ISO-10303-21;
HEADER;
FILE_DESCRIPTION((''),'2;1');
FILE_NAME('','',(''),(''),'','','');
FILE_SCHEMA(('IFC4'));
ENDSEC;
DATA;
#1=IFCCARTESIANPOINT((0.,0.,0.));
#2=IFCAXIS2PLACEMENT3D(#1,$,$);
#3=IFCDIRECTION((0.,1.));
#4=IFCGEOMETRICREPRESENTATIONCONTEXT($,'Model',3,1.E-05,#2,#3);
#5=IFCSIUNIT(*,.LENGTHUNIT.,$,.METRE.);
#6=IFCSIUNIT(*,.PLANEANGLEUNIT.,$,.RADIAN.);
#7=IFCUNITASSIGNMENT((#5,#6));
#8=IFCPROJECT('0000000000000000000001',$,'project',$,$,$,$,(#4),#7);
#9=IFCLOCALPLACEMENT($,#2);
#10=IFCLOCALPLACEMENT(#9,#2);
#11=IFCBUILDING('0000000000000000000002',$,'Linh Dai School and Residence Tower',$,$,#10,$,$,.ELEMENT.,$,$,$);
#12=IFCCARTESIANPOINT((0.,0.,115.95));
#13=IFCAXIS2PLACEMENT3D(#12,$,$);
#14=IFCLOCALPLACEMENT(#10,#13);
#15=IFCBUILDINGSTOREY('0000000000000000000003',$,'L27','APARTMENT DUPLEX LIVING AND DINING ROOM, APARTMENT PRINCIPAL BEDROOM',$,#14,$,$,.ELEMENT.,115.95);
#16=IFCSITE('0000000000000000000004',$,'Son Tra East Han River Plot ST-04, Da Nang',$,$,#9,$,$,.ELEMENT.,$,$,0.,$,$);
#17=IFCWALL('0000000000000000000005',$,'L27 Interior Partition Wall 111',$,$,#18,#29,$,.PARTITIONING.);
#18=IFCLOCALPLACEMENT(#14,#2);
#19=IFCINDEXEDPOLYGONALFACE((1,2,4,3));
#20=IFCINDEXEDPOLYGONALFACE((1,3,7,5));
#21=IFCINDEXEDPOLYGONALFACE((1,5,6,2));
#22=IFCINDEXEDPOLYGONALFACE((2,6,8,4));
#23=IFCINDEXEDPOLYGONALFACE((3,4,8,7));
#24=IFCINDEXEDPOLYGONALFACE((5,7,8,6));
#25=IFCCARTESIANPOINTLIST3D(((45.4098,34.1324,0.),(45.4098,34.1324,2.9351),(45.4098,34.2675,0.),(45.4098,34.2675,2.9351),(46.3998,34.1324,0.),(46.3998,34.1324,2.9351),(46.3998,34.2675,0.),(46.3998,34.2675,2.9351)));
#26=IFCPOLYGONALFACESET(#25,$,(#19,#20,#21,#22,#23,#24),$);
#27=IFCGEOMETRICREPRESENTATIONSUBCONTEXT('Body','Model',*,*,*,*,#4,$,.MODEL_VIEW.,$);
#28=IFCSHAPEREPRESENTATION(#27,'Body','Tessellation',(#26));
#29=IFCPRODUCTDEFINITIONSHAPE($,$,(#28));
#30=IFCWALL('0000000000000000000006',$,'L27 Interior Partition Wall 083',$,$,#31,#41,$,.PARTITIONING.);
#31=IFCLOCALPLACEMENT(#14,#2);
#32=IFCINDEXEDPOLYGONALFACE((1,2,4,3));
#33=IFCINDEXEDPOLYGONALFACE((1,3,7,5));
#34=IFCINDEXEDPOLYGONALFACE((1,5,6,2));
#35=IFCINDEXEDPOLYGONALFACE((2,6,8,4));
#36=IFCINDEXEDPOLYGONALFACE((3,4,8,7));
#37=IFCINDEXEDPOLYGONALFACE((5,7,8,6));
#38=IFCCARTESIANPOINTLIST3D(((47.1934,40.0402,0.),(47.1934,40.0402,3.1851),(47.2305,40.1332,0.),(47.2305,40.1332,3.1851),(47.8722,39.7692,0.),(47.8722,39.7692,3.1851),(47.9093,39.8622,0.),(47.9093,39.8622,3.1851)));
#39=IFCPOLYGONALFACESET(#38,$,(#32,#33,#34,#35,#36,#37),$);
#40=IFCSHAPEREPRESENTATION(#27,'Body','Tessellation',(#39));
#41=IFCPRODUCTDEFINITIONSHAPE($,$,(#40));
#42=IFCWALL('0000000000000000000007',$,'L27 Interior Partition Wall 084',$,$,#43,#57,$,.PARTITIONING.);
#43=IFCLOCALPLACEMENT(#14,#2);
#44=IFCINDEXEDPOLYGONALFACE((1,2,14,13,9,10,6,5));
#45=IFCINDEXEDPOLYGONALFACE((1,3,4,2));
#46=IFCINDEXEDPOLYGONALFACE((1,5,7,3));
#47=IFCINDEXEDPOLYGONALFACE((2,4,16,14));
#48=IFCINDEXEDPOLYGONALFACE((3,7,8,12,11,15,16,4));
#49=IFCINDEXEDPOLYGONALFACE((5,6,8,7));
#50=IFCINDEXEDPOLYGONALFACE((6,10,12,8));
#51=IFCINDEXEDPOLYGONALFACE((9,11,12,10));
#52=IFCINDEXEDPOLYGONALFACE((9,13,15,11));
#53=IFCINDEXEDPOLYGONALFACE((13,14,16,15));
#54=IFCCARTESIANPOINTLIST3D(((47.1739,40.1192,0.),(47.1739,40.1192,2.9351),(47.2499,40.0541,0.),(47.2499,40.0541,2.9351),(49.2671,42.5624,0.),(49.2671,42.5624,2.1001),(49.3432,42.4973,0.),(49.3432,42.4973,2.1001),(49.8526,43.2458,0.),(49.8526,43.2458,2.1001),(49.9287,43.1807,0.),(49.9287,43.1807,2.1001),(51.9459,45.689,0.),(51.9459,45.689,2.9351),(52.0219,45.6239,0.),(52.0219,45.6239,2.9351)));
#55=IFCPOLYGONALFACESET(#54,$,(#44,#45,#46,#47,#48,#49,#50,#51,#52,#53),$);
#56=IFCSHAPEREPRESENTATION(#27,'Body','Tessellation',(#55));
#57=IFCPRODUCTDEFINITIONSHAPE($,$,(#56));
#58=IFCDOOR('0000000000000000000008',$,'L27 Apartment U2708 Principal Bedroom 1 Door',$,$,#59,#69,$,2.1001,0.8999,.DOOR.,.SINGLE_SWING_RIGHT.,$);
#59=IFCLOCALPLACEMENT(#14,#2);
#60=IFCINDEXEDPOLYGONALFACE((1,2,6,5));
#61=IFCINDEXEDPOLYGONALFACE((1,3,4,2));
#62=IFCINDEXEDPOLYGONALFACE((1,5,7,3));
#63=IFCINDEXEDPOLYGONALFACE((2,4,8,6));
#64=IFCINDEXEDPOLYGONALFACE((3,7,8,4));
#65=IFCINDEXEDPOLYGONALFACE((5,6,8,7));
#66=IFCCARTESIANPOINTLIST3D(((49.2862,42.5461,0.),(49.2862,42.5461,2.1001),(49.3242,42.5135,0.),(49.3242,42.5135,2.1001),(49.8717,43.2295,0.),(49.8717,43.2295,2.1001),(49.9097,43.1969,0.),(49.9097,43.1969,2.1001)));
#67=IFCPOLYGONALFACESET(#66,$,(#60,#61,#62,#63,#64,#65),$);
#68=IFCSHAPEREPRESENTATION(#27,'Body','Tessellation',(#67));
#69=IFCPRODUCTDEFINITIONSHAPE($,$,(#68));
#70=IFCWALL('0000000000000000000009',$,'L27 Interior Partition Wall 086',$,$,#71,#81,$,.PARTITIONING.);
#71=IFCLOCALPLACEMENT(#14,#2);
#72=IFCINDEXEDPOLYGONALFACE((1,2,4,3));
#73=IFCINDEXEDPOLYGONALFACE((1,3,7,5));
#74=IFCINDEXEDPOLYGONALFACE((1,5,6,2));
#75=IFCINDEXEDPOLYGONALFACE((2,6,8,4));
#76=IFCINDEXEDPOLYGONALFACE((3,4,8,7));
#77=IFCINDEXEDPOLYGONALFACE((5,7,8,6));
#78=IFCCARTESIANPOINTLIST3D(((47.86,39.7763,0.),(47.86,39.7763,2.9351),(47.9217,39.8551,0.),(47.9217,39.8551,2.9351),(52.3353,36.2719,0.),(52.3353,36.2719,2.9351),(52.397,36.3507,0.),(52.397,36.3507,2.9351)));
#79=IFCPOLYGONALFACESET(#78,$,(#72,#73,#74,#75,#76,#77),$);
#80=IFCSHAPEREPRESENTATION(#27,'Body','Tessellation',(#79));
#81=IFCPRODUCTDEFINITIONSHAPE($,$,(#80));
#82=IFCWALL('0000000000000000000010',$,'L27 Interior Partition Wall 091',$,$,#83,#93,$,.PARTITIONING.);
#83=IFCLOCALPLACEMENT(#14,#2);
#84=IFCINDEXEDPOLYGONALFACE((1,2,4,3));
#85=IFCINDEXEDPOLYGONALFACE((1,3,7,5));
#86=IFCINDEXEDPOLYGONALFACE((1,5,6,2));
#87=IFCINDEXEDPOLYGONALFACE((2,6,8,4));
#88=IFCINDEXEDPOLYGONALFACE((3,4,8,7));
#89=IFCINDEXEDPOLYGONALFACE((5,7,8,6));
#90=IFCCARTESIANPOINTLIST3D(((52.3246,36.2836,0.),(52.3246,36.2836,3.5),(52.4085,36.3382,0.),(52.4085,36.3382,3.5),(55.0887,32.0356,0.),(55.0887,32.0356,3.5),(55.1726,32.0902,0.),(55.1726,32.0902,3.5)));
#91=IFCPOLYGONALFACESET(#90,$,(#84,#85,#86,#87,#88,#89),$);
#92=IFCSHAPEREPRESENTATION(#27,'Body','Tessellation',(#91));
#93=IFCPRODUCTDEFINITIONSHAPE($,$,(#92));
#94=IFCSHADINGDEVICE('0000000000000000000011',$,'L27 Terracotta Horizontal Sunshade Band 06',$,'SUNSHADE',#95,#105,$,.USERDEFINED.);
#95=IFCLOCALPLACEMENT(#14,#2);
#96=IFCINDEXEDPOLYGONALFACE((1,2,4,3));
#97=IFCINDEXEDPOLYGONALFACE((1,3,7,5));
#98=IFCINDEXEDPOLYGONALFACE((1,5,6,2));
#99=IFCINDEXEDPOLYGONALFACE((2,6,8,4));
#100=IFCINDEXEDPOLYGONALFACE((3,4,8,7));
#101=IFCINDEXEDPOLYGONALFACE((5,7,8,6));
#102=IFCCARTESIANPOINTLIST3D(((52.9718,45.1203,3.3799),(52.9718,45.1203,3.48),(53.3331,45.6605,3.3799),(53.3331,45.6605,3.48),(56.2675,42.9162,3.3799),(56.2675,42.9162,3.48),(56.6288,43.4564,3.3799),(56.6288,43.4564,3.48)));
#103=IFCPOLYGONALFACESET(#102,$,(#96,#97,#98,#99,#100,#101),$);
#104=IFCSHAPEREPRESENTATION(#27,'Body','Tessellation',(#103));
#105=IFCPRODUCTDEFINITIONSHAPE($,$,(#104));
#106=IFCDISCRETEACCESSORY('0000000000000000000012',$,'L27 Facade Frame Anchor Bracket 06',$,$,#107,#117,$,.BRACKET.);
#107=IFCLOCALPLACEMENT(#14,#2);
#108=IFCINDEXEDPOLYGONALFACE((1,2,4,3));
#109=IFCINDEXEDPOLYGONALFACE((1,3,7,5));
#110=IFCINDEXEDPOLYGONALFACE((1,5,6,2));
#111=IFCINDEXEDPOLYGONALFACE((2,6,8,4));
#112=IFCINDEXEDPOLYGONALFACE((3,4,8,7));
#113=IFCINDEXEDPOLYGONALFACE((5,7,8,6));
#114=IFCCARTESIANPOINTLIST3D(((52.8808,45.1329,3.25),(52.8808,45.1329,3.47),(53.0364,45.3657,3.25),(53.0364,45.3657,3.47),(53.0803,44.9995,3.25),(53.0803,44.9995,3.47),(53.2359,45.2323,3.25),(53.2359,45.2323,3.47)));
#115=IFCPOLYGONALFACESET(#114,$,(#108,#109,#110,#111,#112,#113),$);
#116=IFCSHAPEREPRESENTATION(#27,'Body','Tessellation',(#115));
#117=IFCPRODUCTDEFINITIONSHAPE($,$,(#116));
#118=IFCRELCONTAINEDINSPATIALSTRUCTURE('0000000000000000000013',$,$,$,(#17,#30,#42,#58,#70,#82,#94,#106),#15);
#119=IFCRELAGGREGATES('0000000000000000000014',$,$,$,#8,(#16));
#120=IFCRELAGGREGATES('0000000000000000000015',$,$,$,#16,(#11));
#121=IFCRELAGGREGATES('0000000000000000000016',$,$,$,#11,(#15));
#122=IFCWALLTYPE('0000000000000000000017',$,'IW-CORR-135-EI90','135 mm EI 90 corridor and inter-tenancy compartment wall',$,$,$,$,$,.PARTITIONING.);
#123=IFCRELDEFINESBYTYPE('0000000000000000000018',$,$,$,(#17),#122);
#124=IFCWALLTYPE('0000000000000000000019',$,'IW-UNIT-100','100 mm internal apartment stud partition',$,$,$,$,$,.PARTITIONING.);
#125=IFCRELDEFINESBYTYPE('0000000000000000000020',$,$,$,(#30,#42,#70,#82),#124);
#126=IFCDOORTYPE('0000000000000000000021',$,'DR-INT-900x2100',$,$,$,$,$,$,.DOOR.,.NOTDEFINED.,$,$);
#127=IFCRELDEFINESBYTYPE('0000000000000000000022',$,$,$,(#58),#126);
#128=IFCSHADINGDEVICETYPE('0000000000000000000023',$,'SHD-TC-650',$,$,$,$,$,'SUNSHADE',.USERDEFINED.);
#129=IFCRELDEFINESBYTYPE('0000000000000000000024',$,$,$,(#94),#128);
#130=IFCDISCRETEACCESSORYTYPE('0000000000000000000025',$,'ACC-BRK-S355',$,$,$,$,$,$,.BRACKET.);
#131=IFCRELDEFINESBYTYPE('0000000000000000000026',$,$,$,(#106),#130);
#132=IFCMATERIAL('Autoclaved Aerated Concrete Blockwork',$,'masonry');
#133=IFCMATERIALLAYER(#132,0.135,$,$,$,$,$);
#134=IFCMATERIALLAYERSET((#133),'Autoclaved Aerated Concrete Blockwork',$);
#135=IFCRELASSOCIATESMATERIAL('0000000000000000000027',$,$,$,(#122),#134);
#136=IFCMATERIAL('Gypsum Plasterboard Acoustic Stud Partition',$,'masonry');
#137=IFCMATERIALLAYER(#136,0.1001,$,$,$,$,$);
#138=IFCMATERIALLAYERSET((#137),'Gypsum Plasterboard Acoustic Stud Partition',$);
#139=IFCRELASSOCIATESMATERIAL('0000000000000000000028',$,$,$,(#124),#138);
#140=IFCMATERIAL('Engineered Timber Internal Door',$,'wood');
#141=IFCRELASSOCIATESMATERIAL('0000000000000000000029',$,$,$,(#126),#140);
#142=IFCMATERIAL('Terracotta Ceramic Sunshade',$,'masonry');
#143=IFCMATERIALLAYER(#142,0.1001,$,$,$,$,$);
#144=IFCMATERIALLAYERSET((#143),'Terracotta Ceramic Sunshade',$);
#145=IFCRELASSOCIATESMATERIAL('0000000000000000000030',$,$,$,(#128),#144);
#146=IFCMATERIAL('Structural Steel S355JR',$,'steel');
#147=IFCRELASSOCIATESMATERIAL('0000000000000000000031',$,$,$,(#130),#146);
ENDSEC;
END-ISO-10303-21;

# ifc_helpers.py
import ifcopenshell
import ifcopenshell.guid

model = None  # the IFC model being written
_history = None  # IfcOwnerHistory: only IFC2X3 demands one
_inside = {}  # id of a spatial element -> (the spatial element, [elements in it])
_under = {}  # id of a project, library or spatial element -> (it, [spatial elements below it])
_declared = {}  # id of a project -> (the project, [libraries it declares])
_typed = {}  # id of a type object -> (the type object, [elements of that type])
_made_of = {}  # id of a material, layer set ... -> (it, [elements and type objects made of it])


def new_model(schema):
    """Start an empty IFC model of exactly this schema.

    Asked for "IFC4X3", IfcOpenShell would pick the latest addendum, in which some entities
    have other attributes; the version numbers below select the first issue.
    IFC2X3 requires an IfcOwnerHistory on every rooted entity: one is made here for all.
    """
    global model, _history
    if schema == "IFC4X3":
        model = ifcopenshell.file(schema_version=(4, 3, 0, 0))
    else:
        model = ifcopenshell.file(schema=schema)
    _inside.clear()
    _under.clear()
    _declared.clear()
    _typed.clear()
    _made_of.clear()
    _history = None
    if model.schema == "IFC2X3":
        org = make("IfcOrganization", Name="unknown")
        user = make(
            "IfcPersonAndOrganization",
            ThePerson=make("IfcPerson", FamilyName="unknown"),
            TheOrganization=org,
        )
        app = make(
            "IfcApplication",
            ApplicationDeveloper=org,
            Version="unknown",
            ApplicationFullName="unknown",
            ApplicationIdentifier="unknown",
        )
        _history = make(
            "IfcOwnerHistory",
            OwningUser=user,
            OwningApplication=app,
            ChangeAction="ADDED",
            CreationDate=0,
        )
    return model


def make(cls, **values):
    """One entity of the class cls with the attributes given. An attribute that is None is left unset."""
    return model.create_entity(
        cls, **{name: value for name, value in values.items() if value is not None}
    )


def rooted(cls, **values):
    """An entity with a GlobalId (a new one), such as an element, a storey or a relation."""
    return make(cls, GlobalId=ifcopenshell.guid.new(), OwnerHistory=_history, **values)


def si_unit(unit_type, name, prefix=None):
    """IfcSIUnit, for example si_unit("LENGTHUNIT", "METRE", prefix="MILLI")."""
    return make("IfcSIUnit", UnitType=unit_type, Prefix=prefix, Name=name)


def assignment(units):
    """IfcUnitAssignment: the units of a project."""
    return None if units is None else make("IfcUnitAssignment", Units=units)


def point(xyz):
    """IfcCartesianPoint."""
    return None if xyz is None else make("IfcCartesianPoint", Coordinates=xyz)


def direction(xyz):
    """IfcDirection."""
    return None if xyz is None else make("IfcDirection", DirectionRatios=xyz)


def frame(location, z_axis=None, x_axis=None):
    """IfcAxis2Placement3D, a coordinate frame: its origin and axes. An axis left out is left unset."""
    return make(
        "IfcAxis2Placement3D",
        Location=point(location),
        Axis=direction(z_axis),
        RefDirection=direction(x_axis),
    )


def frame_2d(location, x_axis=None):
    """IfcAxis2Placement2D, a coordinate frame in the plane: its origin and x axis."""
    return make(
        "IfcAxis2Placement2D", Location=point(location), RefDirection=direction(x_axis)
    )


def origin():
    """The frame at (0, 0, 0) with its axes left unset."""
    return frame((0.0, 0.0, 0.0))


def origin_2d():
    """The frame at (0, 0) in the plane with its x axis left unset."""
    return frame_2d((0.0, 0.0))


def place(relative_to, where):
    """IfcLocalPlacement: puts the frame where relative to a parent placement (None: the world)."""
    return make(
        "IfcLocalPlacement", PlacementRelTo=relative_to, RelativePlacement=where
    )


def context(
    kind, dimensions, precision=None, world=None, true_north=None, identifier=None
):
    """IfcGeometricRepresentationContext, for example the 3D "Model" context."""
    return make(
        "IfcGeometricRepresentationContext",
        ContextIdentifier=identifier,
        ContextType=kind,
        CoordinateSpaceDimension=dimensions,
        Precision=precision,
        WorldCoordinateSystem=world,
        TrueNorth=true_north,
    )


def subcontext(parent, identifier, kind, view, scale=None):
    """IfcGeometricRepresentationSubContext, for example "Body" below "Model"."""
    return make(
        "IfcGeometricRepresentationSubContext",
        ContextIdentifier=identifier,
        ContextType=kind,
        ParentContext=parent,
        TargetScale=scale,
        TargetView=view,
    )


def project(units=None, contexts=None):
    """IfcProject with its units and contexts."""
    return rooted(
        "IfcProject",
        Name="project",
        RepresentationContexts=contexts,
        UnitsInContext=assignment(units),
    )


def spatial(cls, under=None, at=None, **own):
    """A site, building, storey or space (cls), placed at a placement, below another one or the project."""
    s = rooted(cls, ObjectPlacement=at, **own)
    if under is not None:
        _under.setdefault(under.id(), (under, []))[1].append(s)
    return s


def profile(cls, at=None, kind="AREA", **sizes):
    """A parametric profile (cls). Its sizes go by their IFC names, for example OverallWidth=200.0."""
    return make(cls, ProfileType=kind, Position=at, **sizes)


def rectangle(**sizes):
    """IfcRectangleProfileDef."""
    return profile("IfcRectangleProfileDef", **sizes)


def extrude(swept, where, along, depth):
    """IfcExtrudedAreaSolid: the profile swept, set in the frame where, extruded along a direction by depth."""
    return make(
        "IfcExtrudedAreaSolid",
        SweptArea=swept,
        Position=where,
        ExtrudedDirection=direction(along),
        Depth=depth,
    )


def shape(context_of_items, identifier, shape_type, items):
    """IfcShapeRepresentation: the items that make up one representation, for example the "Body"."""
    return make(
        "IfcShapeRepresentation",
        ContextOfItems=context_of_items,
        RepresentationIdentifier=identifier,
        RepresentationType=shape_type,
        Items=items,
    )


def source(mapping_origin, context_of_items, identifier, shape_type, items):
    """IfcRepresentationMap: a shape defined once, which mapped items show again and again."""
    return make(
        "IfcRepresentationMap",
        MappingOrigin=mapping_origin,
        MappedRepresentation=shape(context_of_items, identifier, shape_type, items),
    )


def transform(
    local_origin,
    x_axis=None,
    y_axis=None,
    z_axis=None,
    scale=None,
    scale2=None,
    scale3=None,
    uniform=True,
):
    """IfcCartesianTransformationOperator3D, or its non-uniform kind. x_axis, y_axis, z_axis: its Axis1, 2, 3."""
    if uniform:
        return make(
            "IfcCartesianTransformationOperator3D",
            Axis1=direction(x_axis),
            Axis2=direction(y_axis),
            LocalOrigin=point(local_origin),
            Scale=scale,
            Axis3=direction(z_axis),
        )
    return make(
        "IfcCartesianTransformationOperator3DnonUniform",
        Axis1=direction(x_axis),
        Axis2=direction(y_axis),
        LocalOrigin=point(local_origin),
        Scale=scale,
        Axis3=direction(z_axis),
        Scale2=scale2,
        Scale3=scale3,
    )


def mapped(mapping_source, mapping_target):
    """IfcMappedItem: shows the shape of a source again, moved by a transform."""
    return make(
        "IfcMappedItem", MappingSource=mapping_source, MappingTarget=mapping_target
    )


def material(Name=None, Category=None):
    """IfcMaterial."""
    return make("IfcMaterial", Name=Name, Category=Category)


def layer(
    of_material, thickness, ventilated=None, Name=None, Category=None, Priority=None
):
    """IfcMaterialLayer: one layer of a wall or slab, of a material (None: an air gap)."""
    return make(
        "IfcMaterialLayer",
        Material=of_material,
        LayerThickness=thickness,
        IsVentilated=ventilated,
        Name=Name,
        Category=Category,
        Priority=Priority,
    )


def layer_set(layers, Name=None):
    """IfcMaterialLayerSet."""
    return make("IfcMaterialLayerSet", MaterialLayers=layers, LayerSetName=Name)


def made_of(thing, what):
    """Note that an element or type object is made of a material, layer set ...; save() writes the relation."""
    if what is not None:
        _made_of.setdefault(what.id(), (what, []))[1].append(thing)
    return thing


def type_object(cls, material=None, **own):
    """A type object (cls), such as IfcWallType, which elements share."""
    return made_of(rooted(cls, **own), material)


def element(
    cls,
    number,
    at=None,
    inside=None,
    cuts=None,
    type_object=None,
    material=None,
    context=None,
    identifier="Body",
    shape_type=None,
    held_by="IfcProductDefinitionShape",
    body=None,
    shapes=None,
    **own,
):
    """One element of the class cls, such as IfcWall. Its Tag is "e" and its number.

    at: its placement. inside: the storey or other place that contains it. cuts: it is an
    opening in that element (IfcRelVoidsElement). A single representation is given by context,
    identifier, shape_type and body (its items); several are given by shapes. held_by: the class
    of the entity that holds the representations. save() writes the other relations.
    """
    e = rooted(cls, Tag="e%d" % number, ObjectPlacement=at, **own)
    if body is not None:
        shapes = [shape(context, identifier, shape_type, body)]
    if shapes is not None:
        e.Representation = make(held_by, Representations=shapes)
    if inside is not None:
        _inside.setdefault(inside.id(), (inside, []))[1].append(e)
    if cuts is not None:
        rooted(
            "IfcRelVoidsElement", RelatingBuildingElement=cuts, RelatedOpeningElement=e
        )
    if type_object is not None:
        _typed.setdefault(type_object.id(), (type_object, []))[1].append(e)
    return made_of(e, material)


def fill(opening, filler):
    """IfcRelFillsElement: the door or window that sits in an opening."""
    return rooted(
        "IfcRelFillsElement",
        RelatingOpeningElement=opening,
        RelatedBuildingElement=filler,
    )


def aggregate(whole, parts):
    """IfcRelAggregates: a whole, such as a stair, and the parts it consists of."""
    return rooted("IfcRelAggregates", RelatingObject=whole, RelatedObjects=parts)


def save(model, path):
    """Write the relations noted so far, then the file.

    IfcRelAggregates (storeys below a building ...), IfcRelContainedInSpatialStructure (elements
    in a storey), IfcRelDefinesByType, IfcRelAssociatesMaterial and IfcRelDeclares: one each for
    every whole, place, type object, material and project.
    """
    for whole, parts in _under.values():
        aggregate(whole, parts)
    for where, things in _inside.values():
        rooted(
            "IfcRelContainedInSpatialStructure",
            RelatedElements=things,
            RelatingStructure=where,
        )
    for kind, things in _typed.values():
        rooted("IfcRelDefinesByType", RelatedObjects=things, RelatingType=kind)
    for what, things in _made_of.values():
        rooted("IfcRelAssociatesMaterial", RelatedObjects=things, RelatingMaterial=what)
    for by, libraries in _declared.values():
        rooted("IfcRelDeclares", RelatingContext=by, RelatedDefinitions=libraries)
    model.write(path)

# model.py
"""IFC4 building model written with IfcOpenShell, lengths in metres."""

from ifc_helpers import new_model, si_unit, direction, frame, frame_2d, origin, origin_2d, place, context, subcontext, project, spatial, rectangle, extrude, source, transform, mapped, material, layer, layer_set, type_object, element, fill, save


model = new_model("IFC4")

# Units and contexts
model_context = context("Model", 3, precision=1e-05, world=origin(), true_north=direction((0.0, 1.0)))
body_context = subcontext(model_context, "Body", "Model", "MODEL_VIEW")
ifc_project = project(units=[si_unit("LENGTHUNIT", "METRE"), si_unit("PLANEANGLEUNIT", "RADIAN")], contexts=[model_context])

# Site, building, storey
site_placement = place(None, origin())
site = spatial("IfcSite", under=ifc_project, at=site_placement, Name="Son Tra East Han River Plot ST-04, Da Nang", CompositionType="ELEMENT", RefElevation=0.0)
building_placement = place(site_placement, origin())
building = spatial("IfcBuilding", under=site, at=building_placement, Name="Linh Dai School and Residence Tower", CompositionType="ELEMENT")
storey_placement = place(building_placement, frame((0.0, 0.0, 115.95)))
storey = spatial("IfcBuildingStorey", under=building, at=storey_placement, Name="L27", Description="APARTMENT DUPLEX LIVING AND DINING ROOM, APARTMENT PRINCIPAL BEDROOM", CompositionType="ELEMENT", Elevation=115.95)

# Shared definitions
ifc_material_1 = material(Name="Structural Steel S355JR", Category="steel")

# Walls
ifc_material_2 = material(Name="Autoclaved Aerated Concrete Blockwork", Category="masonry")
ifc_layer_1 = layer(ifc_material_2, 0.135)
ifc_layer_set_1 = layer_set([ifc_layer_1], Name="Autoclaved Aerated Concrete Blockwork")
wall_type_1 = type_object("IfcWallType", Name="IW-CORR-135-EI90", Description="135 mm EI 90 corridor and inter-tenancy compartment wall", PredefinedType="PARTITIONING", material=ifc_layer_set_1)
wall_1_placement = place(storey_placement, frame((46.3999, 34.2, 0.0), z_axis=(0.0, 0.0, 1.0), x_axis=(-1.0, 0.0, 0.0)))
element("IfcWall", 1, at=wall_1_placement, inside=storey, type_object=wall_type_1, Name="L27 Interior Partition Wall 111", PredefinedType="PARTITIONING", context=body_context, shape_type="SweptSolid", body=[
    extrude(rectangle(XDim=0.99, YDim=0.135, at=frame_2d((0.4951, 0.0))), origin(), (0.0, 0.0, 1.0), 2.9351),
])
ifc_material_3 = material(Name="Gypsum Plasterboard Acoustic Stud Partition", Category="masonry")
ifc_layer_2 = layer(ifc_material_3, 0.1001)
ifc_layer_set_2 = layer_set([ifc_layer_2], Name="Gypsum Plasterboard Acoustic Stud Partition")
wall_type_2 = type_object("IfcWallType", Name="IW-UNIT-100", Description="100 mm internal apartment stud partition", PredefinedType="PARTITIONING", material=ifc_layer_set_2)
wall_2_placement = place(storey_placement, frame((47.2119, 40.0867, 0.0), z_axis=(0.0, 0.0, 1.0), x_axis=(0.928753, -0.3707, 0.0)))
element("IfcWall", 2, at=wall_2_placement, inside=storey, type_object=wall_type_2, Name="L27 Interior Partition Wall 083", PredefinedType="PARTITIONING", context=body_context, shape_type="SweptSolid", body=[
    extrude(rectangle(XDim=0.731, YDim=0.1001, at=frame_2d((0.3655, 0.0))), origin(), (0.0, 0.0, 1.0), 3.1851),
])

# Wall, opening, door
wall_3_placement = place(storey_placement, frame((47.2119, 40.0867, 0.0), z_axis=(0.0, 0.0, 1.0), x_axis=(0.650621, 0.759402, 0.0)))
wall_3 = element("IfcWall", 3, at=wall_3_placement, inside=storey, type_object=wall_type_2, Name="L27 Interior Partition Wall 084", PredefinedType="PARTITIONING", context=body_context, shape_type="SweptSolid", body=[
    extrude(rectangle(XDim=7.3345, YDim=0.1001, at=frame_2d((3.6672, 0.0))), origin(), (0.0, 0.0, 1.0), 2.9351),
])
opening_1_placement = place(wall_3_placement, frame((3.2173, 0.0, 0.0)))
opening_1 = element("IfcOpeningElement", 4, at=opening_1_placement, cuts=wall_3, PredefinedType="OPENING", context=body_context, shape_type="SweptSolid", body=[
    extrude(rectangle(XDim=0.8999, YDim=2.1001, at=origin_2d()), frame((0.45, 0.0601, 1.05), z_axis=(0.0, -1.0, 0.0), x_axis=(1.0, 0.0, 0.0)), (0.0, 0.0, 1.0), 0.1201),
])
ifc_material_4 = material(Name="Engineered Timber Internal Door", Category="wood")
door_type = type_object("IfcDoorType", Name="DR-INT-900x2100", OperationType="NOTDEFINED", PredefinedType="DOOR", material=ifc_material_4)
shared_shape_1 = source(origin(), body_context, "Body", "SweptSolid", [
    extrude(rectangle(XDim=0.8999, YDim=2.1001, at=origin_2d()), frame((0.45, 0.0249, 1.05), z_axis=(0.0, -1.0, 0.0), x_axis=(1.0, 0.0, 0.0)), (0.0, 0.0, 1.0), 0.05),
])
door_placement = place(opening_1_placement, origin())
door = element("IfcDoor", 5, at=door_placement, inside=storey, type_object=door_type, Name="L27 Apartment U2708 Principal Bedroom 1 Door", OperationType="SINGLE_SWING_RIGHT", OverallHeight=2.1001, OverallWidth=0.8999, PredefinedType="DOOR", context=body_context, shape_type="MappedRepresentation", body=[
    mapped(shared_shape_1, transform((0.0, 0.0, 0.0), x_axis=(1.0, 0.0, 0.0), y_axis=(0.0, 1.0, 0.0), z_axis=(0.0, 0.0, 1.0), scale=1.0)),
])
fill(opening_1, door)

# Walls
wall_4_placement = place(storey_placement, frame((47.8909, 39.8157, 0.0), z_axis=(0.0, 0.0, 1.0), x_axis=(0.787338, -0.616521, 0.0)))
element("IfcWall", 6, at=wall_4_placement, inside=storey, type_object=wall_type_2, Name="L27 Interior Partition Wall 086", PredefinedType="PARTITIONING", context=body_context, shape_type="SweptSolid", body=[
    extrude(rectangle(XDim=5.6841, YDim=0.1001, at=frame_2d((2.842, 0.0))), origin(), (0.0, 0.0, 1.0), 2.9351),
])
wall_5_placement = place(storey_placement, frame((52.3665, 36.311, 0.0), z_axis=(0.0, 0.0, 1.0), x_axis=(0.545395, -0.838179, 0.0)))
element("IfcWall", 7, at=wall_5_placement, inside=storey, type_object=wall_type_2, Name="L27 Interior Partition Wall 091", PredefinedType="PARTITIONING", context=body_context, shape_type="SweptSolid", body=[
    extrude(rectangle(XDim=5.0681, YDim=0.1001, at=frame_2d((2.5342, 0.0))), origin(), (0.0, 0.0, 1.0), 3.5),
])

# Shading device
ifc_material_5 = material(Name="Terracotta Ceramic Sunshade", Category="masonry")
ifc_layer_3 = layer(ifc_material_5, 0.1001)
ifc_layer_set_3 = layer_set([ifc_layer_3], Name="Terracotta Ceramic Sunshade")
shading_device_type = type_object("IfcShadingDeviceType", Name="SHD-TC-650", ElementType="SUNSHADE", PredefinedType="USERDEFINED", material=ifc_layer_set_3)
shared_shape_2 = source(origin(), body_context, "Body", "SweptSolid", [
    extrude(rectangle(XDim=3.9648, YDim=0.6499, at=origin_2d()), origin(), (0.0, 0.0, 1.0), 0.1001),
])
shading_device_placement = place(storey_placement, frame((54.8003, 44.2883, 3.3799), z_axis=(0.0, 0.0, 1.0), x_axis=(0.83124, -0.555913, 0.0)))
element("IfcShadingDevice", 8, at=shading_device_placement, inside=storey, type_object=shading_device_type, Name="L27 Terracotta Horizontal Sunshade Band 06", ObjectType="SUNSHADE", PredefinedType="USERDEFINED", context=body_context, shape_type="MappedRepresentation", body=[
    mapped(shared_shape_2, transform((0.0, 0.0, 0.0), x_axis=(1.0, 0.0, 0.0), y_axis=(0.0, 1.0, 0.0), z_axis=(0.0, 0.0, 1.0), scale=1.0)),
])

# Discrete accessory
discrete_accessory_type = type_object("IfcDiscreteAccessoryType", Name="ACC-BRK-S355", PredefinedType="BRACKET", material=ifc_material_1)
shared_shape_3 = source(origin(), body_context, "Body", "SweptSolid", [
    extrude(rectangle(XDim=0.28, YDim=0.24, at=origin_2d()), origin(), (0.0, 0.0, 1.0), 0.22),
])
discrete_accessory_placement = place(storey_placement, frame((53.0583, 45.1826, 3.25), z_axis=(0.0, 0.0, 1.0), x_axis=(0.555913, 0.83124, 0.0)))
element("IfcDiscreteAccessory", 9, at=discrete_accessory_placement, inside=storey, type_object=discrete_accessory_type, Name="L27 Facade Frame Anchor Bracket 06", PredefinedType="BRACKET", context=body_context, shape_type="MappedRepresentation", body=[
    mapped(shared_shape_3, transform((0.0, 0.0, 0.0), x_axis=(1.0, 0.0, 0.0), y_axis=(0.0, 1.0, 0.0), z_axis=(0.0, 0.0, 1.0), scale=1.0)),
])

save(model, "model.ifc")
